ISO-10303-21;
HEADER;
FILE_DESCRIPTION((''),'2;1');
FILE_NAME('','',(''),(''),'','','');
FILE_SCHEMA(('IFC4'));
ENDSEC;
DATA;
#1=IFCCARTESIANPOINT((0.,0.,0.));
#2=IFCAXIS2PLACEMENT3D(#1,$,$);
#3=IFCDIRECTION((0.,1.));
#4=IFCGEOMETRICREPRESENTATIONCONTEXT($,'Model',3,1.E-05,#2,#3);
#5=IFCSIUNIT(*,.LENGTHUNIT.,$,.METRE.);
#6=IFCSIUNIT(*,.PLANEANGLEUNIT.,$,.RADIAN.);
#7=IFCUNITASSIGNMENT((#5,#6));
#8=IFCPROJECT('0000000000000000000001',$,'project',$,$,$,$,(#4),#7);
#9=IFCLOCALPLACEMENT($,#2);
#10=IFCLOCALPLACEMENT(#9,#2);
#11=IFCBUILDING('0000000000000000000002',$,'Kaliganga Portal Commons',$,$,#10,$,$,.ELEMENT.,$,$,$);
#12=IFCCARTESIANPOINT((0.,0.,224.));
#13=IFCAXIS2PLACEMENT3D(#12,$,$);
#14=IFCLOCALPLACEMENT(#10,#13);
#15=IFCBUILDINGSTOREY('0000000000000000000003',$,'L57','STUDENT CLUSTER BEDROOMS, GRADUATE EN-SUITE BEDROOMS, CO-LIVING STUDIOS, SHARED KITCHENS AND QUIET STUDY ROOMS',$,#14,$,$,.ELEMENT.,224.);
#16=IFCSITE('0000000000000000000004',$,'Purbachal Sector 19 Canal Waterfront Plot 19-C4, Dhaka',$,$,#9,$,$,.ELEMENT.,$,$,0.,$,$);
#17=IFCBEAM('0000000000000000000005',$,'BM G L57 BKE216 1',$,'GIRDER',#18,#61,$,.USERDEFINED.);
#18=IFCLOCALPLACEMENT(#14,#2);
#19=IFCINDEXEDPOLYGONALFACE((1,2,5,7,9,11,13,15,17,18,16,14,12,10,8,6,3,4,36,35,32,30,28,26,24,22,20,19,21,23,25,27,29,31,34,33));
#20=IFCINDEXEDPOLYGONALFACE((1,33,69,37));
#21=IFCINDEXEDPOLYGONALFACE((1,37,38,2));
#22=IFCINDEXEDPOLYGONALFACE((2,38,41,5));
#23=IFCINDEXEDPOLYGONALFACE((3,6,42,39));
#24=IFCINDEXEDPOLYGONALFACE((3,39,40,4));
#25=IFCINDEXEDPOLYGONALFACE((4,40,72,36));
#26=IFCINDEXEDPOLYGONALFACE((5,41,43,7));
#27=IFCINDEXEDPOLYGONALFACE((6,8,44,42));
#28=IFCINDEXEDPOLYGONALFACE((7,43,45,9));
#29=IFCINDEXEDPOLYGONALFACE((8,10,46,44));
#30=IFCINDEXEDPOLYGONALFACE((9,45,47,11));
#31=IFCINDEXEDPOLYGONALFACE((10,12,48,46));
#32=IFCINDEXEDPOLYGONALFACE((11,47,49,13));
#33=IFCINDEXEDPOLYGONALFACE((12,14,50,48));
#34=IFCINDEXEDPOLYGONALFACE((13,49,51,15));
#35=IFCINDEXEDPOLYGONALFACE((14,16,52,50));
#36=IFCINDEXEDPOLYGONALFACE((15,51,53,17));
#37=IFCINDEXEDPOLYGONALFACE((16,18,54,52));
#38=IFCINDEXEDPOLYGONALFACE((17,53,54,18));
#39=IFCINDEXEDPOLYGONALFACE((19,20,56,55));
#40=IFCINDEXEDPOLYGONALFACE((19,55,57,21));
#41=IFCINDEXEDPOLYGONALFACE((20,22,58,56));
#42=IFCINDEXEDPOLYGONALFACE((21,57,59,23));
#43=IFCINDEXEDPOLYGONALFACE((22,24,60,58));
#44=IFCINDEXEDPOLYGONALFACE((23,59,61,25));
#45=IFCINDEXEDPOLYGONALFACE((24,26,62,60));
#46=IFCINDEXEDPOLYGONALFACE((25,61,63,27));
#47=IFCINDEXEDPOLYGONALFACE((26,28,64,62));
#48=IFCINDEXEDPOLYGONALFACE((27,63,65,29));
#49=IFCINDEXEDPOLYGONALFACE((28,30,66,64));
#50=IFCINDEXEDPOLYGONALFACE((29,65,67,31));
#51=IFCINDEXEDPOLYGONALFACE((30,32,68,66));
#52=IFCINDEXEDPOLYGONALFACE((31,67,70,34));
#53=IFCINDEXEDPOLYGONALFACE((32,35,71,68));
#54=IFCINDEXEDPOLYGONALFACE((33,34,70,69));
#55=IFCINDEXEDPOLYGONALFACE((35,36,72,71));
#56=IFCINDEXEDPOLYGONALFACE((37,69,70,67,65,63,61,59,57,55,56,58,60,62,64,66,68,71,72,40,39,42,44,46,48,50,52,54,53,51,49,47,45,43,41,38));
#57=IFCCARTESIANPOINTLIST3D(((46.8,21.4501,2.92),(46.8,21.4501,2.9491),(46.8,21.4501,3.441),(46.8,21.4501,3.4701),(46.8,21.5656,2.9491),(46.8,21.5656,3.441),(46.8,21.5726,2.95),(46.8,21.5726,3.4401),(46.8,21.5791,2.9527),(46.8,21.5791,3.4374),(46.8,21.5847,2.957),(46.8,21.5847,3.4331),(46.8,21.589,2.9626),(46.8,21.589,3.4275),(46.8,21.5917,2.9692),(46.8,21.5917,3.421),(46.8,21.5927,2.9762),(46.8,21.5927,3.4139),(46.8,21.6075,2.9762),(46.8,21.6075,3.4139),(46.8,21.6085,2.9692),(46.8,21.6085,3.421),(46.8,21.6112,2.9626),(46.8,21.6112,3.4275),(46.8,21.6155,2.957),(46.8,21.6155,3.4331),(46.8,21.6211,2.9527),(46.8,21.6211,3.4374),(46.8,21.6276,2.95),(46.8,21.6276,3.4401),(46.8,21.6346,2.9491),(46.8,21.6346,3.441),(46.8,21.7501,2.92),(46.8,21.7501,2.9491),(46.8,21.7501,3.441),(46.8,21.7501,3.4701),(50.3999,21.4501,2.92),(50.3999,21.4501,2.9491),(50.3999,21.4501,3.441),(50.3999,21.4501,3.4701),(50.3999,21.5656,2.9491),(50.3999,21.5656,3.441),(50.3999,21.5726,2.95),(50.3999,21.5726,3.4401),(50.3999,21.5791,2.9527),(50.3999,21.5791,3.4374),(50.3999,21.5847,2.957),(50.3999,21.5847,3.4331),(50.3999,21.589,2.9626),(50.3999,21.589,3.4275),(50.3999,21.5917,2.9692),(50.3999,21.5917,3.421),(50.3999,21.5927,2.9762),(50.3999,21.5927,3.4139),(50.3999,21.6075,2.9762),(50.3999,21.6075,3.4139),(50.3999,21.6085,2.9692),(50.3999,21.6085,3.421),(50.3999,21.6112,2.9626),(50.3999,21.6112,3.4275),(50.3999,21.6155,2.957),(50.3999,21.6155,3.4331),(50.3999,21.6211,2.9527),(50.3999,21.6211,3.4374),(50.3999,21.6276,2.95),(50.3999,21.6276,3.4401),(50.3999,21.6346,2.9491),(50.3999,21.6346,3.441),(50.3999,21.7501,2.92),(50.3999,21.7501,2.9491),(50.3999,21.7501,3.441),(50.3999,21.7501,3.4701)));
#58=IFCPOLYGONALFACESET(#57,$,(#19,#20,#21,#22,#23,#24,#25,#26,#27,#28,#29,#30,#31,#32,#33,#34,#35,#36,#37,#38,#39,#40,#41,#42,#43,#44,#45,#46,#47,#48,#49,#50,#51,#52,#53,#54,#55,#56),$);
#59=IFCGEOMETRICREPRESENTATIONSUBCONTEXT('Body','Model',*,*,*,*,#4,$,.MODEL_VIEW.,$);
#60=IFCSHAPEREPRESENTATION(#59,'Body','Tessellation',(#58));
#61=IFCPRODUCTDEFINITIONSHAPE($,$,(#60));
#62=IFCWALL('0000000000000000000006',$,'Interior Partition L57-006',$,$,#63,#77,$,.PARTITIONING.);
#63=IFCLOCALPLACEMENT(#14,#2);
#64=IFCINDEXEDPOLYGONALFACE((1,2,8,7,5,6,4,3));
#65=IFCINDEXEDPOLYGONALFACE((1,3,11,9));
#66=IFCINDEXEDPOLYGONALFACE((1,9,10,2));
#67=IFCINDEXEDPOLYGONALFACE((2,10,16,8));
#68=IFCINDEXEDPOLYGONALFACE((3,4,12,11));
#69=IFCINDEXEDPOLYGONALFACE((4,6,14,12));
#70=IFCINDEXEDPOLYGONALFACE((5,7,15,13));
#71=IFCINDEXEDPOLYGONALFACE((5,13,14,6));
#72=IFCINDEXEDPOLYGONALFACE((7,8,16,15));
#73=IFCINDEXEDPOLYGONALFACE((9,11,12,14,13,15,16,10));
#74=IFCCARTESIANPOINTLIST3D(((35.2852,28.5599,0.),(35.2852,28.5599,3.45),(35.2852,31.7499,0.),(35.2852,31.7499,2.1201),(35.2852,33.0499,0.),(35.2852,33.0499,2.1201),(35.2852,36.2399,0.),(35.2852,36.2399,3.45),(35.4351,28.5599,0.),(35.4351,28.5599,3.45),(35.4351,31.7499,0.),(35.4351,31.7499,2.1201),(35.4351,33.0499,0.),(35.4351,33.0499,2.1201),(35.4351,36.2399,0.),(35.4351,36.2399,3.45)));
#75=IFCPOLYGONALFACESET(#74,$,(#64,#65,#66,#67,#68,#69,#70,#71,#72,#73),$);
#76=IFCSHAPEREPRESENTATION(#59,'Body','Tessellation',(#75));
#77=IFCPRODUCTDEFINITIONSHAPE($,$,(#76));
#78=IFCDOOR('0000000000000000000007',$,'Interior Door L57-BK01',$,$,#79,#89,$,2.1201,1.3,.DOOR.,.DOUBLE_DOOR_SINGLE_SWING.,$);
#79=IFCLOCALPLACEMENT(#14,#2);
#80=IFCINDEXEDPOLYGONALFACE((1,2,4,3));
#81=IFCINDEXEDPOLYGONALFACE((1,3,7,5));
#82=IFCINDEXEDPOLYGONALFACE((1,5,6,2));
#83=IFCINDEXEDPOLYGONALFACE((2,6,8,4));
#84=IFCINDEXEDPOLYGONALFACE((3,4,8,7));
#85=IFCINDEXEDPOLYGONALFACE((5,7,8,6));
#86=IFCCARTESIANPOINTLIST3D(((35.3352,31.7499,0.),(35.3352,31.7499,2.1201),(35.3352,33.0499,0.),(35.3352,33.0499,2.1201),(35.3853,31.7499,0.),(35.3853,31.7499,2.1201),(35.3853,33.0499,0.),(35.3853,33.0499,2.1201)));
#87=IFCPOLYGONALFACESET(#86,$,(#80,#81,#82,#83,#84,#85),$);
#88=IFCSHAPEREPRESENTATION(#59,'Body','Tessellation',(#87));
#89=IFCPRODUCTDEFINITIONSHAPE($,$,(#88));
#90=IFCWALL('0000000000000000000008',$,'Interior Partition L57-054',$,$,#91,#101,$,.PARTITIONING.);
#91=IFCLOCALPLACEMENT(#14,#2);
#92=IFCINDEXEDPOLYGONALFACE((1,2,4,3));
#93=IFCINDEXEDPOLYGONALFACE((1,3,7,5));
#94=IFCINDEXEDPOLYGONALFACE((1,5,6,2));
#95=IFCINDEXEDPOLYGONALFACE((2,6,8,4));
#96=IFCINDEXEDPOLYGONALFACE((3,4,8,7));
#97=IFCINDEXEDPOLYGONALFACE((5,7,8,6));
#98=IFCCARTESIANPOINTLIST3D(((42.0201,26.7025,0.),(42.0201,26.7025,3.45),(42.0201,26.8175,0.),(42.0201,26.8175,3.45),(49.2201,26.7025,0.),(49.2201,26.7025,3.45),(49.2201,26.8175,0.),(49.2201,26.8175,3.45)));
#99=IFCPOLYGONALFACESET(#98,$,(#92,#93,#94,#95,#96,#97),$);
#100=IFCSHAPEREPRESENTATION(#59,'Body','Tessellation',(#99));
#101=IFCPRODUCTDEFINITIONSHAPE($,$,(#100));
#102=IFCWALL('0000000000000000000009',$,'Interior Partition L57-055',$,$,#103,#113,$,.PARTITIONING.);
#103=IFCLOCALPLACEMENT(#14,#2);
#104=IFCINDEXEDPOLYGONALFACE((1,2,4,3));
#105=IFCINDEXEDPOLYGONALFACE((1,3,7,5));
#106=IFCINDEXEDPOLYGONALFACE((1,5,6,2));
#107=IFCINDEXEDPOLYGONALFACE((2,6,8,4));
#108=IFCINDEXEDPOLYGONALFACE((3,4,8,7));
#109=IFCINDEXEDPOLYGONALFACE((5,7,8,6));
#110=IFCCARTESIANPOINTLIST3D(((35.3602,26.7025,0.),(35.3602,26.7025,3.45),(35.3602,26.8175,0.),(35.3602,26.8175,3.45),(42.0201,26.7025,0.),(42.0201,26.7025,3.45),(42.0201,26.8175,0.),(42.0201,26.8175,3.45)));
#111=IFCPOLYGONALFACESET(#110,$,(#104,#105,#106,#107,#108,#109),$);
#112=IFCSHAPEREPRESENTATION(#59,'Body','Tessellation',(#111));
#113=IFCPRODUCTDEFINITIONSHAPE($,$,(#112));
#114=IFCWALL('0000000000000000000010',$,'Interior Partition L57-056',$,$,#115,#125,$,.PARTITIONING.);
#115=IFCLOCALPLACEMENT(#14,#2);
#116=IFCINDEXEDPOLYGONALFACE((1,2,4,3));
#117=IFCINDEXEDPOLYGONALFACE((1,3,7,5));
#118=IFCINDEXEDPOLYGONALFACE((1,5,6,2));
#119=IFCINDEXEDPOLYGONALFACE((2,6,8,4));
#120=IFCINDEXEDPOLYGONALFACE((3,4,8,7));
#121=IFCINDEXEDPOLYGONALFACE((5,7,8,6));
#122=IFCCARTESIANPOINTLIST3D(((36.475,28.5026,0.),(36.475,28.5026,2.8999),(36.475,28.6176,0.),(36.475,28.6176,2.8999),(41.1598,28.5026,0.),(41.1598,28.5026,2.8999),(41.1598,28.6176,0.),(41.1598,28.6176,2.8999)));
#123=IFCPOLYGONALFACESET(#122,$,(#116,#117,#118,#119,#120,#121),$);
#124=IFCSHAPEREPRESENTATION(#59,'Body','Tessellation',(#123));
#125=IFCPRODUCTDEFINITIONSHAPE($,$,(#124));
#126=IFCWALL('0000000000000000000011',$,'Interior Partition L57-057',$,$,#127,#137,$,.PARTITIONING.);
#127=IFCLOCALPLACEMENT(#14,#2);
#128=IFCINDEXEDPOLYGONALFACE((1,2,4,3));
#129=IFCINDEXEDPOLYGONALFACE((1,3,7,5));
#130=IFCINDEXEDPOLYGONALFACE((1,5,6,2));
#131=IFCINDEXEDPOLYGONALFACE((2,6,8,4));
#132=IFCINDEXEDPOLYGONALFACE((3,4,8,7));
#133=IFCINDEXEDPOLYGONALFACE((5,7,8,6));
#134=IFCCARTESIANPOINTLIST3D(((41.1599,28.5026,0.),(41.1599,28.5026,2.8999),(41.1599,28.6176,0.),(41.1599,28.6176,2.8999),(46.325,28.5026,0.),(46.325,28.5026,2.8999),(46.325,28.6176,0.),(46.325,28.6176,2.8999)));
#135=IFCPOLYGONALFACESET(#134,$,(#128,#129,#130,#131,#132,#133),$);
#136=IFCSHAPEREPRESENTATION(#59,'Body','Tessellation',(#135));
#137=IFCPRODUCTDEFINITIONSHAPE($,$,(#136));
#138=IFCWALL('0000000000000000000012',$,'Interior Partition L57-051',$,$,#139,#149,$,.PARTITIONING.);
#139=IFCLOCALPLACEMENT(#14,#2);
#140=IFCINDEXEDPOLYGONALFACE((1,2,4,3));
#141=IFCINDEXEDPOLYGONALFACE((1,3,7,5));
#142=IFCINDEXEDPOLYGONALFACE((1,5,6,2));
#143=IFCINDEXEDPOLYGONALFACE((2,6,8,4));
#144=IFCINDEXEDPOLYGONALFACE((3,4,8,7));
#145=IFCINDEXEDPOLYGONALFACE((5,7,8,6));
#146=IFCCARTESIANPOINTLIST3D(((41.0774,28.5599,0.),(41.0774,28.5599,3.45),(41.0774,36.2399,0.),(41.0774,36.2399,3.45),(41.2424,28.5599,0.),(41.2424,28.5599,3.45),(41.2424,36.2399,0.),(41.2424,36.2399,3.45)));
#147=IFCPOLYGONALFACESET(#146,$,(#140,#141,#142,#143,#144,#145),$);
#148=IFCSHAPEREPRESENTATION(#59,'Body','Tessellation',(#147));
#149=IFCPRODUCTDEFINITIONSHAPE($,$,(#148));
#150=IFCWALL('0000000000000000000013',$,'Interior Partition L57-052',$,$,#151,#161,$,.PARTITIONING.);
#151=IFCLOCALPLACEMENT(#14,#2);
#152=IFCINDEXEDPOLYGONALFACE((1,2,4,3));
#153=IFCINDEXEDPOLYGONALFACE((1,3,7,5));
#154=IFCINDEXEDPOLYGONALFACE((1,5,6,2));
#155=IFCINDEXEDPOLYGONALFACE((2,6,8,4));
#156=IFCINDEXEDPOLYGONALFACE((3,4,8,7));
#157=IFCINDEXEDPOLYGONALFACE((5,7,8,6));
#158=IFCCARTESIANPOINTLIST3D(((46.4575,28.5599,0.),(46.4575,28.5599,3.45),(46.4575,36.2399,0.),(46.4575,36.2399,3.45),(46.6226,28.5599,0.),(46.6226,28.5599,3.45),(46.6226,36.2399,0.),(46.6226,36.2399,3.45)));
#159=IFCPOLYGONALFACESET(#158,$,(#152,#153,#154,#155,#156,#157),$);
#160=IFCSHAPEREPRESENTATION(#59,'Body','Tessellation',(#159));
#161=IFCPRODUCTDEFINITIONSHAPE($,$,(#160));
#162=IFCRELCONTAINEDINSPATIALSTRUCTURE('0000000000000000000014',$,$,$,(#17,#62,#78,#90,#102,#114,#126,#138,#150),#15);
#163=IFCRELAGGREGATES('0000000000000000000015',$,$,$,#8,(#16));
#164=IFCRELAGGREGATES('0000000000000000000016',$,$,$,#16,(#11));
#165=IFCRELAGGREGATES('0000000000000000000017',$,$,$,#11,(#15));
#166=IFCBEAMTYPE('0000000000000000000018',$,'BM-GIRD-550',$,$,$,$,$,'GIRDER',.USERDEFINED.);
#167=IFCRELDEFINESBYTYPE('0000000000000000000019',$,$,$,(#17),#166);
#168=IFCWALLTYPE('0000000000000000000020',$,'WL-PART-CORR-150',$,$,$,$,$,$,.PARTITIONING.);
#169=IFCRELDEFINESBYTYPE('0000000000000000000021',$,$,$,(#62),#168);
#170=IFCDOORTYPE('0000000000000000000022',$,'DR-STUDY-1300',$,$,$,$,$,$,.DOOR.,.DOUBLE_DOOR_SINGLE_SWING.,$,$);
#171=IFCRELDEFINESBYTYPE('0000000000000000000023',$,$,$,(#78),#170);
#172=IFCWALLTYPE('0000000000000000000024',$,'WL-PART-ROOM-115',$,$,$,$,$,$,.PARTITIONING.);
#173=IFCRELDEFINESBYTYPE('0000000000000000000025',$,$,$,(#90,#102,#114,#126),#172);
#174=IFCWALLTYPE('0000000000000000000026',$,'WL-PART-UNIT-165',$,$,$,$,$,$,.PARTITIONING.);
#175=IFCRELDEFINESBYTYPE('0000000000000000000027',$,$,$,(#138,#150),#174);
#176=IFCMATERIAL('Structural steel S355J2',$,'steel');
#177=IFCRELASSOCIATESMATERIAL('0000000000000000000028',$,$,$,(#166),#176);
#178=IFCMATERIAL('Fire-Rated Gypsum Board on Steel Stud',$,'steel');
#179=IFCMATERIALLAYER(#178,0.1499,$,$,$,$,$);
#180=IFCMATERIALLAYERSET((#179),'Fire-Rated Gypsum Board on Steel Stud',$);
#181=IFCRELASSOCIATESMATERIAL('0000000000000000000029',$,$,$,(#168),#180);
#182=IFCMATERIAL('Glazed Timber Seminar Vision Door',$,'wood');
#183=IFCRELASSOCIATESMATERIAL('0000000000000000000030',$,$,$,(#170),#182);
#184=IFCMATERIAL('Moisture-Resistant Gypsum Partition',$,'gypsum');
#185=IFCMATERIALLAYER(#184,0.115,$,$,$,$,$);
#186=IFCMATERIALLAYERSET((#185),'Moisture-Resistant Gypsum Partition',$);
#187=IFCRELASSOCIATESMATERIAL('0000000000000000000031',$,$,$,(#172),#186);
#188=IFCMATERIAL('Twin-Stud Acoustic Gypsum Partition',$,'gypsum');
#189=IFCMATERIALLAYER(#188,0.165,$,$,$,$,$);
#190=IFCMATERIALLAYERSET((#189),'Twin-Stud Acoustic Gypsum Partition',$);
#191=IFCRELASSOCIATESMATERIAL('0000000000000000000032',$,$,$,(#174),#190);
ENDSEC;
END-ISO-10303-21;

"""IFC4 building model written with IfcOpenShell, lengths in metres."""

from ifc_helpers import new_model, si_unit, direction, frame, frame_2d, origin, origin_2d, place, context, subcontext, project, spatial, rectangle, i_section, extrude, source, transform, mapped, material, layer, layer_set, material_profile, profile_set, type_object, element, fill, save


model = new_model("IFC4")

# Units and contexts
model_context = context("Model", 3, precision=1e-05, world=origin(), true_north=direction((0.0, 1.0)))
body_context = subcontext(model_context, "Body", "Model", "MODEL_VIEW")
ifc_project = project(units=[si_unit("LENGTHUNIT", "METRE"), si_unit("PLANEANGLEUNIT", "RADIAN")], contexts=[model_context])

# Site, building, storey
site_placement = place(None, origin())
site = spatial("IfcSite", under=ifc_project, at=site_placement, Name="Purbachal Sector 19 Canal Waterfront Plot 19-C4, Dhaka", CompositionType="ELEMENT", RefElevation=0.0)
building_placement = place(site_placement, origin())
building = spatial("IfcBuilding", under=site, at=building_placement, Name="Kaliganga Portal Commons", CompositionType="ELEMENT")
storey_placement = place(building_placement, frame((0.0, 0.0, 224.0)))
storey = spatial("IfcBuildingStorey", under=building, at=storey_placement, Name="L57", Description="STUDENT CLUSTER BEDROOMS, GRADUATE EN-SUITE BEDROOMS, CO-LIVING STUDIOS, SHARED KITCHENS AND QUIET STUDY ROOMS", CompositionType="ELEMENT", Elevation=224.0)

# Beam
ifc_material_1 = material(Name="Structural steel S355J2", Category="steel")
ifc_material_profile_1 = material_profile(ifc_material_1, i_section(OverallWidth=0.3, OverallDepth=0.55, WebThickness=0.0149, FlangeThickness=0.0291, FilletRadius=0.0271, at=origin_2d()), Name="HE 550 B")
ifc_profile_set_1 = profile_set([ifc_material_profile_1], Name="Structural steel S355J2 wide-flange")
beam_type_1 = type_object("IfcBeamType", Name="BM-GIRD-550", ElementType="GIRDER", PredefinedType="USERDEFINED", material=ifc_profile_set_1)
shared_shape_1 = source(origin(), body_context, "Body", "SweptSolid", [
    extrude(i_section(OverallWidth=0.3, OverallDepth=0.55, WebThickness=0.0149, FlangeThickness=0.0291, FilletRadius=0.0271, at=origin_2d()), origin(), (0.0, 0.0, 1.0), 3.5999),
])
beam_1_placement = place(storey_placement, frame((46.8, 21.6001, 3.1951), z_axis=(1.0, 0.0, 0.0), x_axis=(0.0, 1.0, 0.0)))
element("IfcBeam", 1, at=beam_1_placement, inside=storey, type_object=beam_type_1, Name="BM G L57 BKE216 1", ObjectType="GIRDER", PredefinedType="USERDEFINED", context=body_context, shape_type="MappedRepresentation", body=[
    mapped(shared_shape_1, transform((0.0, 0.0, 0.0), x_axis=(1.0, 0.0, 0.0), y_axis=(0.0, 1.0, 0.0), z_axis=(0.0, 0.0, 1.0), scale=1.0)),
])

# Wall, opening, door
ifc_material_2 = material(Name="Fire-Rated Gypsum Board on Steel Stud", Category="steel")
ifc_layer_1 = layer(ifc_material_2, 0.1499)
ifc_layer_set_1 = layer_set([ifc_layer_1], Name="Fire-Rated Gypsum Board on Steel Stud")
wall_type_1 = type_object("IfcWallType", Name="WL-PART-CORR-150", PredefinedType="PARTITIONING", material=ifc_layer_set_1)
wall_1_placement = place(storey_placement, frame((35.3601, 28.5601, 0.0), z_axis=(0.0, 0.0, 1.0), x_axis=(0.0, 1.0, 0.0)))
wall_1 = element("IfcWall", 2, at=wall_1_placement, inside=storey, type_object=wall_type_1, Name="Interior Partition L57-006", PredefinedType="PARTITIONING", context=body_context, shape_type="SweptSolid", body=[
    extrude(rectangle(XDim=7.6799, YDim=0.1499, at=frame_2d((3.8398, 0.0))), origin(), (0.0, 0.0, 1.0), 3.45),
])
opening_1_placement = place(wall_1_placement, frame((3.1899, 0.0, 0.0)))
opening_1 = element("IfcOpeningElement", 3, at=opening_1_placement, cuts=wall_1, PredefinedType="OPENING", context=body_context, shape_type="SweptSolid", body=[
    extrude(rectangle(XDim=1.3, YDim=2.1201, at=frame_2d((0.6499, 1.0601))), frame((0.0, 0.085, 0.0), z_axis=(0.0, -1.0, 0.0), x_axis=(1.0, 0.0, 0.0)), (0.0, 0.0, 1.0), 0.1699),
])
ifc_material_3 = material(Name="Glazed Timber Seminar Vision Door", Category="wood")
door_type_1 = type_object("IfcDoorType", Name="DR-STUDY-1300", OperationType="DOUBLE_DOOR_SINGLE_SWING", PredefinedType="DOOR", material=ifc_material_3)
door_1_placement = place(opening_1_placement, origin())
door_1 = element("IfcDoor", 4, at=door_1_placement, inside=storey, type_object=door_type_1, Name="Interior Door L57-BK01", OperationType="DOUBLE_DOOR_SINGLE_SWING", OverallHeight=2.1201, OverallWidth=1.3, PredefinedType="DOOR", context=body_context, shape_type="SweptSolid", body=[
    extrude(rectangle(XDim=1.3, YDim=2.1201, at=frame_2d((0.6499, 1.0601))), frame((0.0, 0.0249, 0.0), z_axis=(0.0, -1.0, 0.0), x_axis=(1.0, 0.0, 0.0)), (0.0, 0.0, 1.0), 0.05),
])
fill(opening_1, door_1)

# Walls
ifc_material_4 = material(Name="Moisture-Resistant Gypsum Partition", Category="gypsum")
ifc_layer_2 = layer(ifc_material_4, 0.115)
ifc_layer_set_2 = layer_set([ifc_layer_2], Name="Moisture-Resistant Gypsum Partition")
wall_type_2 = type_object("IfcWallType", Name="WL-PART-ROOM-115", PredefinedType="PARTITIONING", material=ifc_layer_set_2)
wall_2_placement = place(storey_placement, frame((42.02, 26.76, 0.0), z_axis=(0.0, 0.0, 1.0), x_axis=(1.0, 0.0, 0.0)))
element("IfcWall", 5, at=wall_2_placement, inside=storey, type_object=wall_type_2, Name="Interior Partition L57-054", PredefinedType="PARTITIONING", context=body_context, shape_type="SweptSolid", body=[
    extrude(rectangle(XDim=7.2, YDim=0.115, at=frame_2d((3.6001, 0.0))), origin(), (0.0, 0.0, 1.0), 3.45),
])
wall_3_placement = place(storey_placement, frame((35.3601, 26.76, 0.0), z_axis=(0.0, 0.0, 1.0), x_axis=(1.0, 0.0, 0.0)))
element("IfcWall", 6, at=wall_3_placement, inside=storey, type_object=wall_type_2, Name="Interior Partition L57-055", PredefinedType="PARTITIONING", context=body_context, shape_type="SweptSolid", body=[
    extrude(rectangle(XDim=6.6599, YDim=0.115, at=frame_2d((3.3301, 0.0))), origin(), (0.0, 0.0, 1.0), 3.45),
])
wall_4_placement = place(storey_placement, frame((36.4751, 28.5601, 0.0), z_axis=(0.0, 0.0, 1.0), x_axis=(1.0, 0.0, 0.0)))
element("IfcWall", 7, at=wall_4_placement, inside=storey, type_object=wall_type_2, Name="Interior Partition L57-056", PredefinedType="PARTITIONING", context=body_context, shape_type="SweptSolid", body=[
    extrude(rectangle(XDim=4.6848, YDim=0.115, at=frame_2d((2.3423, 0.0))), origin(), (0.0, 0.0, 1.0), 2.8999),
])
wall_5_placement = place(storey_placement, frame((41.1599, 28.5601, 0.0), z_axis=(0.0, 0.0, 1.0), x_axis=(1.0, 0.0, 0.0)))
element("IfcWall", 8, at=wall_5_placement, inside=storey, type_object=wall_type_2, Name="Interior Partition L57-057", PredefinedType="PARTITIONING", context=body_context, shape_type="SweptSolid", body=[
    extrude(rectangle(XDim=5.165, YDim=0.115, at=frame_2d((2.5825, 0.0))), origin(), (0.0, 0.0, 1.0), 2.8999),
])
ifc_material_5 = material(Name="Twin-Stud Acoustic Gypsum Partition", Category="gypsum")
ifc_layer_3 = layer(ifc_material_5, 0.165)
ifc_layer_set_3 = layer_set([ifc_layer_3], Name="Twin-Stud Acoustic Gypsum Partition")
wall_type_3 = type_object("IfcWallType", Name="WL-PART-UNIT-165", PredefinedType="PARTITIONING", material=ifc_layer_set_3)
for number, where, z_axis, x_axis, name in (
    (9, (41.1599, 28.5601, 0.0), (0.0, 0.0, 1.0), (0.0, 1.0, 0.0), "Interior Partition L57-051"),
    (10, (46.54, 28.5601, 0.0), (0.0, 0.0, 1.0), (0.0, 1.0, 0.0), "Interior Partition L57-052"),
):
    element("IfcWall", number, at=place(storey_placement, frame(where, z_axis=z_axis, x_axis=x_axis)), inside=storey, type_object=wall_type_3, Name=name, PredefinedType="PARTITIONING", context=body_context, shape_type="SweptSolid", body=[
        extrude(rectangle(XDim=7.6799, YDim=0.165, at=frame_2d((3.8398, 0.0))), origin(), (0.0, 0.0, 1.0), 3.45),
    ])

save(model, "model.ifc")
